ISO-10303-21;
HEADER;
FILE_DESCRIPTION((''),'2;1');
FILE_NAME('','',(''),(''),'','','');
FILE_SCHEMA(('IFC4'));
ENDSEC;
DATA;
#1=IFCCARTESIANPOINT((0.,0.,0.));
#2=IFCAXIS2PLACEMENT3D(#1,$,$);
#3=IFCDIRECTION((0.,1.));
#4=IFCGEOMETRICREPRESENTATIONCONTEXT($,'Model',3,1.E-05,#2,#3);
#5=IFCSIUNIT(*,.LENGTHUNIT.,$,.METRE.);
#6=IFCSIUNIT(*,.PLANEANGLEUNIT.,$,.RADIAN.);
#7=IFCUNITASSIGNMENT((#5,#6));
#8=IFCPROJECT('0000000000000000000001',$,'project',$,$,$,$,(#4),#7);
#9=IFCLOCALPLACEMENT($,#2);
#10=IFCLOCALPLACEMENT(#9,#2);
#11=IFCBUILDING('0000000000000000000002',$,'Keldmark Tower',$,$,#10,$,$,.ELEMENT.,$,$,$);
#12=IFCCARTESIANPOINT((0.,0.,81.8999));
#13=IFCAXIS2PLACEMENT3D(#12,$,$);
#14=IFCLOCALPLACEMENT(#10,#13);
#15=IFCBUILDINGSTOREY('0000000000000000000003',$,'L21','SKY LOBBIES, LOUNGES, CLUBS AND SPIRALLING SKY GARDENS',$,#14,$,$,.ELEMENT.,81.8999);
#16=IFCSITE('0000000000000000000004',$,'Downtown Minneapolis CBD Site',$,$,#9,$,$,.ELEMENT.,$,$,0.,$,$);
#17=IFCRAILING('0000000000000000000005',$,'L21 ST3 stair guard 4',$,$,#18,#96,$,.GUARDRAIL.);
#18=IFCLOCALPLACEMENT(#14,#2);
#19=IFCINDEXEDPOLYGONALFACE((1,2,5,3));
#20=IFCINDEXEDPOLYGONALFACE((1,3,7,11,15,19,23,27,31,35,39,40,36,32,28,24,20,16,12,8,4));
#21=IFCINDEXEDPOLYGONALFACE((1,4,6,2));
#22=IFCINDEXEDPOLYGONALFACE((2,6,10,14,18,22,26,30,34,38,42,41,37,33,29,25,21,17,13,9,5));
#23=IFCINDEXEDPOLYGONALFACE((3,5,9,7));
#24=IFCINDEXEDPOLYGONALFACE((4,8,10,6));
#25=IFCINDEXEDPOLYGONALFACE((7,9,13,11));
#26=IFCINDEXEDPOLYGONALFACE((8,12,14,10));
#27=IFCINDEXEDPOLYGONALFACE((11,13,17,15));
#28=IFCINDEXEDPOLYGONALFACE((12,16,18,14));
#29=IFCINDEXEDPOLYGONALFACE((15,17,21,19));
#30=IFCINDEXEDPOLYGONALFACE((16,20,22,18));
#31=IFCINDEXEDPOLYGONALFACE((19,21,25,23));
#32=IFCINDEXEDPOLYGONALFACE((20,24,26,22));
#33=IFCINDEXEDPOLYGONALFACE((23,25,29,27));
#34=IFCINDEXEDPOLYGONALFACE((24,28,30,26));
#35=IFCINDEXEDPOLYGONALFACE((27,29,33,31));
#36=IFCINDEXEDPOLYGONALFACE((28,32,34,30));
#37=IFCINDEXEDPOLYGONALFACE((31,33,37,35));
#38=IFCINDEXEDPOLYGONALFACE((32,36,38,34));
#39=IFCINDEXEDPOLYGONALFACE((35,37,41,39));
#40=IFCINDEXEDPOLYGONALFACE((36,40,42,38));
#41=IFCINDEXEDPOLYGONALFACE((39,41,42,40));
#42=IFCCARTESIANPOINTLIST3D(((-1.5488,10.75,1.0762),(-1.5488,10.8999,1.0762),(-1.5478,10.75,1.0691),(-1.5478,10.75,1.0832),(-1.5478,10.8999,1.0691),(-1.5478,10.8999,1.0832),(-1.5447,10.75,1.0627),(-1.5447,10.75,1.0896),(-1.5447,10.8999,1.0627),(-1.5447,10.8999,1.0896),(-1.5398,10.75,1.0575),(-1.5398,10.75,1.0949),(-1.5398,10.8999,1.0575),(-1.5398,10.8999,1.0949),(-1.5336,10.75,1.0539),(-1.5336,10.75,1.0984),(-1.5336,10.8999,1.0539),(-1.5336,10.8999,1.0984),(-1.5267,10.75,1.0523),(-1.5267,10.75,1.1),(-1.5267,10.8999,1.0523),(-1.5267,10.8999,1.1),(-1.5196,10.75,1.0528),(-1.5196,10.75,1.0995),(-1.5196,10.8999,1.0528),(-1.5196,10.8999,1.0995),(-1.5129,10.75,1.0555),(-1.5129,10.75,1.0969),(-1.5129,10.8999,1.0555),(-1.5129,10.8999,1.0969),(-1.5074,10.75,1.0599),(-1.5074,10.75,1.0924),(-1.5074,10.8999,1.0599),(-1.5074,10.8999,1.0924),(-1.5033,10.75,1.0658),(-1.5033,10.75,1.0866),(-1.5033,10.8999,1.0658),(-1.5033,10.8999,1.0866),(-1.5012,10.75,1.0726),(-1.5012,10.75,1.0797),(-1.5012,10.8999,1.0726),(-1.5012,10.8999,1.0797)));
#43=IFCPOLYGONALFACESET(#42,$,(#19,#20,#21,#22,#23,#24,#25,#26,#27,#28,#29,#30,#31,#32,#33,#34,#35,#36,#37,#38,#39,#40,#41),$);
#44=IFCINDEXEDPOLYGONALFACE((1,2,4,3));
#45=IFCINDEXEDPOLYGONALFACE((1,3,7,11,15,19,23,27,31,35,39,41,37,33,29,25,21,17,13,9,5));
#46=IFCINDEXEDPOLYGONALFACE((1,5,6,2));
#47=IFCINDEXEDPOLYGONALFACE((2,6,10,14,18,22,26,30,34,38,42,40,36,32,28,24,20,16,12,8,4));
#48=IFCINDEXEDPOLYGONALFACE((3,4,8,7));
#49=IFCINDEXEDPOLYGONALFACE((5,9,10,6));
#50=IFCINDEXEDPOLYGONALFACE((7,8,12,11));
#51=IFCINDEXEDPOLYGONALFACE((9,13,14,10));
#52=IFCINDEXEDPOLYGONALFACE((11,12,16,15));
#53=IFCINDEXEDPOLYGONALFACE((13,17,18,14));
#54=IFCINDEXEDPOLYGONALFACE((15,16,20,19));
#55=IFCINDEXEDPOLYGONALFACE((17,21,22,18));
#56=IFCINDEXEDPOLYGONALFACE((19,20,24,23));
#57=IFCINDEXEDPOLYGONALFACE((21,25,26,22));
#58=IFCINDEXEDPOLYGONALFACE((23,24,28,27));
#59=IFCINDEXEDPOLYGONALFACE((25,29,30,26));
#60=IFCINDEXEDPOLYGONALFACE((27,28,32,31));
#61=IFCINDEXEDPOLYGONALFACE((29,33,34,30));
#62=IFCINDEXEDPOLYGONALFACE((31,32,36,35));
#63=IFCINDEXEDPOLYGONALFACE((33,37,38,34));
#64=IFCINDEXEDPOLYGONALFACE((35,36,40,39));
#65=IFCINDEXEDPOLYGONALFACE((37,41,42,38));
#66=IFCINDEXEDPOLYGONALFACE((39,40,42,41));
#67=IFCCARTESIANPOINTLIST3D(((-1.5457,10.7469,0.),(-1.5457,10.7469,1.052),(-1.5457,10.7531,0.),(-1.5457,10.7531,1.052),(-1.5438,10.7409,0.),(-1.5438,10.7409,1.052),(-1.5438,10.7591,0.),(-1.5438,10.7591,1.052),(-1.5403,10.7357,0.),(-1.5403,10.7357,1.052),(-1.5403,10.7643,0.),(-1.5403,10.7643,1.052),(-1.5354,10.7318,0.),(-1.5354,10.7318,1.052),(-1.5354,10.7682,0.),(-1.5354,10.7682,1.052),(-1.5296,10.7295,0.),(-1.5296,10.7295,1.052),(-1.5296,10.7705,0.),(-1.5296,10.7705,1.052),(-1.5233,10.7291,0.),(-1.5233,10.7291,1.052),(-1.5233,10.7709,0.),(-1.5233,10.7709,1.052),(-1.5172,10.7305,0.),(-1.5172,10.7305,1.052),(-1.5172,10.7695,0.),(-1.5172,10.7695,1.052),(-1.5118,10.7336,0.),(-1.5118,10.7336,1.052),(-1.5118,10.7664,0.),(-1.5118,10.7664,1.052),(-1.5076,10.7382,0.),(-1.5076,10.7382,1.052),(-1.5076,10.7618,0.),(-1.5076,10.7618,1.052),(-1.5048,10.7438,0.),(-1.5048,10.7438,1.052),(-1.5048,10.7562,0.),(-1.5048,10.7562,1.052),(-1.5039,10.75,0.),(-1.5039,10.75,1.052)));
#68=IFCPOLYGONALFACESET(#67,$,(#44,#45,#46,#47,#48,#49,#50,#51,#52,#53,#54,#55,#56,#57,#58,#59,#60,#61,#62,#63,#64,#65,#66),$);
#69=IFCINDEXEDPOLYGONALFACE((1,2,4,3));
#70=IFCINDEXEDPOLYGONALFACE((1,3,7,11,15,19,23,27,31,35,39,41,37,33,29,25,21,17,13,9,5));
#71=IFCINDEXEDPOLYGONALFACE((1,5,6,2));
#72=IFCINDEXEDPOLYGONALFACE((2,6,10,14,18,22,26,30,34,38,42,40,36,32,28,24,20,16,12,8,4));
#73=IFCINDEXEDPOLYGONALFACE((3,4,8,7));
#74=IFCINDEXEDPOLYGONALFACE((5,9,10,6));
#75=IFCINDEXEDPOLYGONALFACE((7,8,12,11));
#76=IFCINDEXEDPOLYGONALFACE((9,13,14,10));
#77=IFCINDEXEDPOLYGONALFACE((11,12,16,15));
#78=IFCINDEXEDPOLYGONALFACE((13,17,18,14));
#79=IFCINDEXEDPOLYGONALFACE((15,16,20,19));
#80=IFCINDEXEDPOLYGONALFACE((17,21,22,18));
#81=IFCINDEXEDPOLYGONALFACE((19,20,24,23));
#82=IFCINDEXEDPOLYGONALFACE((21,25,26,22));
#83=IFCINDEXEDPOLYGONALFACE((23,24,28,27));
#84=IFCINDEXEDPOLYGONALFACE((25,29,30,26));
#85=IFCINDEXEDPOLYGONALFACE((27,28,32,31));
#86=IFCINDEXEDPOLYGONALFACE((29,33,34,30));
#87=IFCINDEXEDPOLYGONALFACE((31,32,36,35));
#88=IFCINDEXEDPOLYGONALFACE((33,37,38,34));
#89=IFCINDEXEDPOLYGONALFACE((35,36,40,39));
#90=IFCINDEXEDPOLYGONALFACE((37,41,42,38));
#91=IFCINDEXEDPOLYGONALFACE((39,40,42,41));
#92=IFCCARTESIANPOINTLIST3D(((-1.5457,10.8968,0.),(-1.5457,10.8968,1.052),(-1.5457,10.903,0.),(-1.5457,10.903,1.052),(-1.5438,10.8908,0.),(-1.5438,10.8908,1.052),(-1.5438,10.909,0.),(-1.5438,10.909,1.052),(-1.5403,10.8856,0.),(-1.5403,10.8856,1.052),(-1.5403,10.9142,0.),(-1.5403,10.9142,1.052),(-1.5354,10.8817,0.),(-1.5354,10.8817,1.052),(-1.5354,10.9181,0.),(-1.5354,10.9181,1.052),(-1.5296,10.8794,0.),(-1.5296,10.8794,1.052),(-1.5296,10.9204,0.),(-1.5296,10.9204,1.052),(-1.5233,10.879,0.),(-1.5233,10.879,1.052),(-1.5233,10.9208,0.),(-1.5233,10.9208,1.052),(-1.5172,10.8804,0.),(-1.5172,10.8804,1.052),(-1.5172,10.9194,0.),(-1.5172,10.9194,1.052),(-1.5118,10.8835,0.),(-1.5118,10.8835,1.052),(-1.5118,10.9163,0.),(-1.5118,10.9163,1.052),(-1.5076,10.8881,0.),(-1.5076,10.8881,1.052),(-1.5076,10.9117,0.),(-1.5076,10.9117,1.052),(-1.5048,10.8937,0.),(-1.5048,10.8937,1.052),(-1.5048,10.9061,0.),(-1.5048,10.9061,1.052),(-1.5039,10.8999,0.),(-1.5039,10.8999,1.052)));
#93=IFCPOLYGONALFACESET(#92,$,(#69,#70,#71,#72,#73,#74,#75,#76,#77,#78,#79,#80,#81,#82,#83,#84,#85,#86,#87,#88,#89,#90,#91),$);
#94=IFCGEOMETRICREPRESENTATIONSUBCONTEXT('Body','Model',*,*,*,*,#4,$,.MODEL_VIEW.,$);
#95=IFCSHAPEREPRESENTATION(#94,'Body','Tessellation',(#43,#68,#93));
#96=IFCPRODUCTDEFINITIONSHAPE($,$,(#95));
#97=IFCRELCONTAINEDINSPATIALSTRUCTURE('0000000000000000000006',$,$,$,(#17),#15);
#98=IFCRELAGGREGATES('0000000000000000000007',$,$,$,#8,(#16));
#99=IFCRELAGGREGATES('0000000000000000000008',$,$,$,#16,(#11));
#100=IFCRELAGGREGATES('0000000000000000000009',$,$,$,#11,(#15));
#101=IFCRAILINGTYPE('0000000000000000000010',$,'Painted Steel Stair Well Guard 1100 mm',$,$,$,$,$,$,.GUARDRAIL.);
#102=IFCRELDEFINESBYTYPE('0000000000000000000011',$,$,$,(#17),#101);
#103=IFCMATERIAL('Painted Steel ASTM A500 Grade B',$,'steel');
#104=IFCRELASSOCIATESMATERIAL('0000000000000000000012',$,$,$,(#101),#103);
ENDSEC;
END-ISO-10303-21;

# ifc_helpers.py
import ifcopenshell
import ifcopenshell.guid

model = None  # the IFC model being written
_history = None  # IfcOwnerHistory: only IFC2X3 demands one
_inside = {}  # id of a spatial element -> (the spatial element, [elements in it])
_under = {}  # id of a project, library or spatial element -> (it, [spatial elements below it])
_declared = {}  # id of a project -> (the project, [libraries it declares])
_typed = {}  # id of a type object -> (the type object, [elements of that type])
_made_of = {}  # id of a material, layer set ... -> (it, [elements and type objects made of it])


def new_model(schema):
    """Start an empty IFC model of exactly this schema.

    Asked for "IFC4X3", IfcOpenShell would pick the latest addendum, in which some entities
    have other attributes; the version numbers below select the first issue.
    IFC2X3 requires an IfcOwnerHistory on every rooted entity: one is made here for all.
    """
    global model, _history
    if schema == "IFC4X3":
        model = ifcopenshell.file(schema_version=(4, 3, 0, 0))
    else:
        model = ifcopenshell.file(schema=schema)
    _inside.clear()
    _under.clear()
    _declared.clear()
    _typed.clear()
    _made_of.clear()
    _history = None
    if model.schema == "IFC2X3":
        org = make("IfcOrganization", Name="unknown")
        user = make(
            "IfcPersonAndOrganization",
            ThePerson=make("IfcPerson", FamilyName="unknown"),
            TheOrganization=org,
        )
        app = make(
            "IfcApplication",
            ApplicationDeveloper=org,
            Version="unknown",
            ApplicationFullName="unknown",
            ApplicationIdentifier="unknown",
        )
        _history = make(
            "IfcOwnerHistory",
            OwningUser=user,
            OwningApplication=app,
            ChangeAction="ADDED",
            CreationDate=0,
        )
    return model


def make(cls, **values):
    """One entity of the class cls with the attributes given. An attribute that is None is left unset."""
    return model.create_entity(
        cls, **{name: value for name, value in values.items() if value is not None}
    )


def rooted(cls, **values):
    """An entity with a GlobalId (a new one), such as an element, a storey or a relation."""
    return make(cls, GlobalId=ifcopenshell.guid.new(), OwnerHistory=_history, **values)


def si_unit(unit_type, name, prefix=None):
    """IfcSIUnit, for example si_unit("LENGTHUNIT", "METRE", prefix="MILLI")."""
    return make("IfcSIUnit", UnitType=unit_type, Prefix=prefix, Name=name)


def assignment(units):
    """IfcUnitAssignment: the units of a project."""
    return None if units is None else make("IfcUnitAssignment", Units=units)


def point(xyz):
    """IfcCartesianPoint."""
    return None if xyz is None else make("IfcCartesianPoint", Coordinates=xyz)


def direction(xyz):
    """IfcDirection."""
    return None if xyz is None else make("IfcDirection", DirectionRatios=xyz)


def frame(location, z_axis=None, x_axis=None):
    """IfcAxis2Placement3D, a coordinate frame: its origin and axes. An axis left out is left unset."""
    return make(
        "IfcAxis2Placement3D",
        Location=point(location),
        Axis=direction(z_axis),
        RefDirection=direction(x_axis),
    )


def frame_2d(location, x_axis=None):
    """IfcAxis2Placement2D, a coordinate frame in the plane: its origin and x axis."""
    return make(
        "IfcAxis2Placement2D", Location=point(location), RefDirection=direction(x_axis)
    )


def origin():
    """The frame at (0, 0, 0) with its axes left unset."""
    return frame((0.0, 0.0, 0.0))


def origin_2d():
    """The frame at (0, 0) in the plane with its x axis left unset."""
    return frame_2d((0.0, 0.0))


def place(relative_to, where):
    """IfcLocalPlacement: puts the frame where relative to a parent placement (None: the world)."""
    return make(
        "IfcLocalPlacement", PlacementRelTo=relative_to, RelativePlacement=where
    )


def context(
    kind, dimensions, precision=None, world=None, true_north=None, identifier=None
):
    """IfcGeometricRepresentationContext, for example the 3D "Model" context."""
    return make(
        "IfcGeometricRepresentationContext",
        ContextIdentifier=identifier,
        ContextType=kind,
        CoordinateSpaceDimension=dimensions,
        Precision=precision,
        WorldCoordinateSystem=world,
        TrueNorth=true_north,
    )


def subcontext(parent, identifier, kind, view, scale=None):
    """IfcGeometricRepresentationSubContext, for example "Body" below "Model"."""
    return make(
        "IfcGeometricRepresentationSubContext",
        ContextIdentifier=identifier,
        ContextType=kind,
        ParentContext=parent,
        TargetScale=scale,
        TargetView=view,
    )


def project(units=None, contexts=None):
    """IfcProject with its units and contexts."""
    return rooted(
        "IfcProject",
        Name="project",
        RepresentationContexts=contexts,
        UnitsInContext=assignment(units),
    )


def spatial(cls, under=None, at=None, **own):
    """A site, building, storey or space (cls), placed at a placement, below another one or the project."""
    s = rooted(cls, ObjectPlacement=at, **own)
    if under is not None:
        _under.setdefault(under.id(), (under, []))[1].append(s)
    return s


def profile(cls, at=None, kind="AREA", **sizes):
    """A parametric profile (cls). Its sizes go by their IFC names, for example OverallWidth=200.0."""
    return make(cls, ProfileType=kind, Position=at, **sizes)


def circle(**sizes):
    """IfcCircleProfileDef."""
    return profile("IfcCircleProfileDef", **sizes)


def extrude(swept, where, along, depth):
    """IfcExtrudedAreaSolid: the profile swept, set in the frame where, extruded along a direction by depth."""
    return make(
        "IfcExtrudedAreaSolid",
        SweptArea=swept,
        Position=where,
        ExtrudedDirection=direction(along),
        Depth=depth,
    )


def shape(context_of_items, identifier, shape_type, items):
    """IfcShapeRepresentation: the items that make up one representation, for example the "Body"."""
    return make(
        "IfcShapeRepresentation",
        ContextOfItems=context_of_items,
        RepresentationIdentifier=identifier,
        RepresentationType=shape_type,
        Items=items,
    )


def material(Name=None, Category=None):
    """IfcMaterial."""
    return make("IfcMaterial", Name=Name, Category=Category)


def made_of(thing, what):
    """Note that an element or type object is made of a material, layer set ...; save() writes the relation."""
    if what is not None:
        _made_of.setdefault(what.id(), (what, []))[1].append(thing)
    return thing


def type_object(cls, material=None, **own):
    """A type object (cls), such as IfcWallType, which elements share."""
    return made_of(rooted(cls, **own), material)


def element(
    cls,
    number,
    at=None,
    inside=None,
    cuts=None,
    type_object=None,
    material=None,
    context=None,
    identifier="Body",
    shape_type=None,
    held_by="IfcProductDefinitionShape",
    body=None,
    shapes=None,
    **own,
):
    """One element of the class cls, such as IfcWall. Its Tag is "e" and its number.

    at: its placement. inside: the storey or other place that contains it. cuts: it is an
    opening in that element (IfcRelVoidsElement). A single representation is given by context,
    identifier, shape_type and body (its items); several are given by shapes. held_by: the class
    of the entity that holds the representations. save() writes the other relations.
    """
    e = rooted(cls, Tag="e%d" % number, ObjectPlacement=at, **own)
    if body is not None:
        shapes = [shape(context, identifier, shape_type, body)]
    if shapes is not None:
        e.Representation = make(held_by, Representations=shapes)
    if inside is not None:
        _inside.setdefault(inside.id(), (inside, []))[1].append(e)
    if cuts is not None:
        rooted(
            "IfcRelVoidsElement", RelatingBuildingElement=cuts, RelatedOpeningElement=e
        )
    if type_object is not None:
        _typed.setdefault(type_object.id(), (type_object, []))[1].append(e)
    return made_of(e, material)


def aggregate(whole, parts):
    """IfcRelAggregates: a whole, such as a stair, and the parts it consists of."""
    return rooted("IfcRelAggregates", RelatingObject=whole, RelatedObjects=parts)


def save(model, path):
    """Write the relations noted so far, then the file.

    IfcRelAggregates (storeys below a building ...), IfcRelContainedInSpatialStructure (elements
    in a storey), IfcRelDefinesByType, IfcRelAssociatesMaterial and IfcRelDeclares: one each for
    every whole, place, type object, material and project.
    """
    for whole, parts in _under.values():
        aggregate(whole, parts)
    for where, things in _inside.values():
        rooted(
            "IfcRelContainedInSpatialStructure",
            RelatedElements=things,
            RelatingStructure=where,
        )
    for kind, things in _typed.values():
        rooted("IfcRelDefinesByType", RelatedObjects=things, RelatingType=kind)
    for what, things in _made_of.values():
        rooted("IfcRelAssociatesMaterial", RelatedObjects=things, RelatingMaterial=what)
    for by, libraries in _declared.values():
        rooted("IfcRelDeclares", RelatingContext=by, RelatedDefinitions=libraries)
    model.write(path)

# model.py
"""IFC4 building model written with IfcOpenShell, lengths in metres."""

from ifc_helpers import new_model, si_unit, direction, frame, origin, origin_2d, place, context, subcontext, project, spatial, circle, extrude, material, type_object, element, save


model = new_model("IFC4")

# Units and contexts
model_context = context("Model", 3, precision=1e-05, world=origin(), true_north=direction((0.0, 1.0)))
body_context = subcontext(model_context, "Body", "Model", "MODEL_VIEW")
ifc_project = project(units=[si_unit("LENGTHUNIT", "METRE"), si_unit("PLANEANGLEUNIT", "RADIAN")], contexts=[model_context])

# Site, building, storey
site_placement = place(None, origin())
site = spatial("IfcSite", under=ifc_project, at=site_placement, Name="Downtown Minneapolis CBD Site", CompositionType="ELEMENT", RefElevation=0.0)
building_placement = place(site_placement, origin())
building = spatial("IfcBuilding", under=site, at=building_placement, Name="Keldmark Tower", CompositionType="ELEMENT")
storey_placement = place(building_placement, frame((0.0, 0.0, 81.8999)))
storey = spatial("IfcBuildingStorey", under=building, at=storey_placement, Name="L21", Description="SKY LOBBIES, LOUNGES, CLUBS AND SPIRALLING SKY GARDENS", CompositionType="ELEMENT", Elevation=81.8999)

# Railing
ifc_material_1 = material(Name="Painted Steel ASTM A500 Grade B", Category="steel")
railing_type_1 = type_object("IfcRailingType", Name="Painted Steel Stair Well Guard 1100 mm", PredefinedType="GUARDRAIL", material=ifc_material_1)
railing_1_placement = place(storey_placement, frame((-1.5249, 10.75, 0.0)))
element("IfcRailing", 1, at=railing_1_placement, inside=storey, type_object=railing_type_1, Name="L21 ST3 stair guard 4", PredefinedType="GUARDRAIL", context=body_context, shape_type="SweptSolid", body=[
    extrude(circle(Radius=0.0239, at=origin_2d()), frame((0.0, 0.0, 1.0762), z_axis=(0.0, 1.0, 0.0), x_axis=(-1.0, 0.0, 0.0)), (0.0, 0.0, 1.0), 0.1499),
    extrude(circle(Radius=0.021, at=origin_2d()), origin(), (0.0, 0.0, 1.0), 1.052),
    extrude(circle(Radius=0.021, at=origin_2d()), frame((0.0, 0.1499, 0.0)), (0.0, 0.0, 1.0), 1.052),
])

save(model, "model.ifc")
